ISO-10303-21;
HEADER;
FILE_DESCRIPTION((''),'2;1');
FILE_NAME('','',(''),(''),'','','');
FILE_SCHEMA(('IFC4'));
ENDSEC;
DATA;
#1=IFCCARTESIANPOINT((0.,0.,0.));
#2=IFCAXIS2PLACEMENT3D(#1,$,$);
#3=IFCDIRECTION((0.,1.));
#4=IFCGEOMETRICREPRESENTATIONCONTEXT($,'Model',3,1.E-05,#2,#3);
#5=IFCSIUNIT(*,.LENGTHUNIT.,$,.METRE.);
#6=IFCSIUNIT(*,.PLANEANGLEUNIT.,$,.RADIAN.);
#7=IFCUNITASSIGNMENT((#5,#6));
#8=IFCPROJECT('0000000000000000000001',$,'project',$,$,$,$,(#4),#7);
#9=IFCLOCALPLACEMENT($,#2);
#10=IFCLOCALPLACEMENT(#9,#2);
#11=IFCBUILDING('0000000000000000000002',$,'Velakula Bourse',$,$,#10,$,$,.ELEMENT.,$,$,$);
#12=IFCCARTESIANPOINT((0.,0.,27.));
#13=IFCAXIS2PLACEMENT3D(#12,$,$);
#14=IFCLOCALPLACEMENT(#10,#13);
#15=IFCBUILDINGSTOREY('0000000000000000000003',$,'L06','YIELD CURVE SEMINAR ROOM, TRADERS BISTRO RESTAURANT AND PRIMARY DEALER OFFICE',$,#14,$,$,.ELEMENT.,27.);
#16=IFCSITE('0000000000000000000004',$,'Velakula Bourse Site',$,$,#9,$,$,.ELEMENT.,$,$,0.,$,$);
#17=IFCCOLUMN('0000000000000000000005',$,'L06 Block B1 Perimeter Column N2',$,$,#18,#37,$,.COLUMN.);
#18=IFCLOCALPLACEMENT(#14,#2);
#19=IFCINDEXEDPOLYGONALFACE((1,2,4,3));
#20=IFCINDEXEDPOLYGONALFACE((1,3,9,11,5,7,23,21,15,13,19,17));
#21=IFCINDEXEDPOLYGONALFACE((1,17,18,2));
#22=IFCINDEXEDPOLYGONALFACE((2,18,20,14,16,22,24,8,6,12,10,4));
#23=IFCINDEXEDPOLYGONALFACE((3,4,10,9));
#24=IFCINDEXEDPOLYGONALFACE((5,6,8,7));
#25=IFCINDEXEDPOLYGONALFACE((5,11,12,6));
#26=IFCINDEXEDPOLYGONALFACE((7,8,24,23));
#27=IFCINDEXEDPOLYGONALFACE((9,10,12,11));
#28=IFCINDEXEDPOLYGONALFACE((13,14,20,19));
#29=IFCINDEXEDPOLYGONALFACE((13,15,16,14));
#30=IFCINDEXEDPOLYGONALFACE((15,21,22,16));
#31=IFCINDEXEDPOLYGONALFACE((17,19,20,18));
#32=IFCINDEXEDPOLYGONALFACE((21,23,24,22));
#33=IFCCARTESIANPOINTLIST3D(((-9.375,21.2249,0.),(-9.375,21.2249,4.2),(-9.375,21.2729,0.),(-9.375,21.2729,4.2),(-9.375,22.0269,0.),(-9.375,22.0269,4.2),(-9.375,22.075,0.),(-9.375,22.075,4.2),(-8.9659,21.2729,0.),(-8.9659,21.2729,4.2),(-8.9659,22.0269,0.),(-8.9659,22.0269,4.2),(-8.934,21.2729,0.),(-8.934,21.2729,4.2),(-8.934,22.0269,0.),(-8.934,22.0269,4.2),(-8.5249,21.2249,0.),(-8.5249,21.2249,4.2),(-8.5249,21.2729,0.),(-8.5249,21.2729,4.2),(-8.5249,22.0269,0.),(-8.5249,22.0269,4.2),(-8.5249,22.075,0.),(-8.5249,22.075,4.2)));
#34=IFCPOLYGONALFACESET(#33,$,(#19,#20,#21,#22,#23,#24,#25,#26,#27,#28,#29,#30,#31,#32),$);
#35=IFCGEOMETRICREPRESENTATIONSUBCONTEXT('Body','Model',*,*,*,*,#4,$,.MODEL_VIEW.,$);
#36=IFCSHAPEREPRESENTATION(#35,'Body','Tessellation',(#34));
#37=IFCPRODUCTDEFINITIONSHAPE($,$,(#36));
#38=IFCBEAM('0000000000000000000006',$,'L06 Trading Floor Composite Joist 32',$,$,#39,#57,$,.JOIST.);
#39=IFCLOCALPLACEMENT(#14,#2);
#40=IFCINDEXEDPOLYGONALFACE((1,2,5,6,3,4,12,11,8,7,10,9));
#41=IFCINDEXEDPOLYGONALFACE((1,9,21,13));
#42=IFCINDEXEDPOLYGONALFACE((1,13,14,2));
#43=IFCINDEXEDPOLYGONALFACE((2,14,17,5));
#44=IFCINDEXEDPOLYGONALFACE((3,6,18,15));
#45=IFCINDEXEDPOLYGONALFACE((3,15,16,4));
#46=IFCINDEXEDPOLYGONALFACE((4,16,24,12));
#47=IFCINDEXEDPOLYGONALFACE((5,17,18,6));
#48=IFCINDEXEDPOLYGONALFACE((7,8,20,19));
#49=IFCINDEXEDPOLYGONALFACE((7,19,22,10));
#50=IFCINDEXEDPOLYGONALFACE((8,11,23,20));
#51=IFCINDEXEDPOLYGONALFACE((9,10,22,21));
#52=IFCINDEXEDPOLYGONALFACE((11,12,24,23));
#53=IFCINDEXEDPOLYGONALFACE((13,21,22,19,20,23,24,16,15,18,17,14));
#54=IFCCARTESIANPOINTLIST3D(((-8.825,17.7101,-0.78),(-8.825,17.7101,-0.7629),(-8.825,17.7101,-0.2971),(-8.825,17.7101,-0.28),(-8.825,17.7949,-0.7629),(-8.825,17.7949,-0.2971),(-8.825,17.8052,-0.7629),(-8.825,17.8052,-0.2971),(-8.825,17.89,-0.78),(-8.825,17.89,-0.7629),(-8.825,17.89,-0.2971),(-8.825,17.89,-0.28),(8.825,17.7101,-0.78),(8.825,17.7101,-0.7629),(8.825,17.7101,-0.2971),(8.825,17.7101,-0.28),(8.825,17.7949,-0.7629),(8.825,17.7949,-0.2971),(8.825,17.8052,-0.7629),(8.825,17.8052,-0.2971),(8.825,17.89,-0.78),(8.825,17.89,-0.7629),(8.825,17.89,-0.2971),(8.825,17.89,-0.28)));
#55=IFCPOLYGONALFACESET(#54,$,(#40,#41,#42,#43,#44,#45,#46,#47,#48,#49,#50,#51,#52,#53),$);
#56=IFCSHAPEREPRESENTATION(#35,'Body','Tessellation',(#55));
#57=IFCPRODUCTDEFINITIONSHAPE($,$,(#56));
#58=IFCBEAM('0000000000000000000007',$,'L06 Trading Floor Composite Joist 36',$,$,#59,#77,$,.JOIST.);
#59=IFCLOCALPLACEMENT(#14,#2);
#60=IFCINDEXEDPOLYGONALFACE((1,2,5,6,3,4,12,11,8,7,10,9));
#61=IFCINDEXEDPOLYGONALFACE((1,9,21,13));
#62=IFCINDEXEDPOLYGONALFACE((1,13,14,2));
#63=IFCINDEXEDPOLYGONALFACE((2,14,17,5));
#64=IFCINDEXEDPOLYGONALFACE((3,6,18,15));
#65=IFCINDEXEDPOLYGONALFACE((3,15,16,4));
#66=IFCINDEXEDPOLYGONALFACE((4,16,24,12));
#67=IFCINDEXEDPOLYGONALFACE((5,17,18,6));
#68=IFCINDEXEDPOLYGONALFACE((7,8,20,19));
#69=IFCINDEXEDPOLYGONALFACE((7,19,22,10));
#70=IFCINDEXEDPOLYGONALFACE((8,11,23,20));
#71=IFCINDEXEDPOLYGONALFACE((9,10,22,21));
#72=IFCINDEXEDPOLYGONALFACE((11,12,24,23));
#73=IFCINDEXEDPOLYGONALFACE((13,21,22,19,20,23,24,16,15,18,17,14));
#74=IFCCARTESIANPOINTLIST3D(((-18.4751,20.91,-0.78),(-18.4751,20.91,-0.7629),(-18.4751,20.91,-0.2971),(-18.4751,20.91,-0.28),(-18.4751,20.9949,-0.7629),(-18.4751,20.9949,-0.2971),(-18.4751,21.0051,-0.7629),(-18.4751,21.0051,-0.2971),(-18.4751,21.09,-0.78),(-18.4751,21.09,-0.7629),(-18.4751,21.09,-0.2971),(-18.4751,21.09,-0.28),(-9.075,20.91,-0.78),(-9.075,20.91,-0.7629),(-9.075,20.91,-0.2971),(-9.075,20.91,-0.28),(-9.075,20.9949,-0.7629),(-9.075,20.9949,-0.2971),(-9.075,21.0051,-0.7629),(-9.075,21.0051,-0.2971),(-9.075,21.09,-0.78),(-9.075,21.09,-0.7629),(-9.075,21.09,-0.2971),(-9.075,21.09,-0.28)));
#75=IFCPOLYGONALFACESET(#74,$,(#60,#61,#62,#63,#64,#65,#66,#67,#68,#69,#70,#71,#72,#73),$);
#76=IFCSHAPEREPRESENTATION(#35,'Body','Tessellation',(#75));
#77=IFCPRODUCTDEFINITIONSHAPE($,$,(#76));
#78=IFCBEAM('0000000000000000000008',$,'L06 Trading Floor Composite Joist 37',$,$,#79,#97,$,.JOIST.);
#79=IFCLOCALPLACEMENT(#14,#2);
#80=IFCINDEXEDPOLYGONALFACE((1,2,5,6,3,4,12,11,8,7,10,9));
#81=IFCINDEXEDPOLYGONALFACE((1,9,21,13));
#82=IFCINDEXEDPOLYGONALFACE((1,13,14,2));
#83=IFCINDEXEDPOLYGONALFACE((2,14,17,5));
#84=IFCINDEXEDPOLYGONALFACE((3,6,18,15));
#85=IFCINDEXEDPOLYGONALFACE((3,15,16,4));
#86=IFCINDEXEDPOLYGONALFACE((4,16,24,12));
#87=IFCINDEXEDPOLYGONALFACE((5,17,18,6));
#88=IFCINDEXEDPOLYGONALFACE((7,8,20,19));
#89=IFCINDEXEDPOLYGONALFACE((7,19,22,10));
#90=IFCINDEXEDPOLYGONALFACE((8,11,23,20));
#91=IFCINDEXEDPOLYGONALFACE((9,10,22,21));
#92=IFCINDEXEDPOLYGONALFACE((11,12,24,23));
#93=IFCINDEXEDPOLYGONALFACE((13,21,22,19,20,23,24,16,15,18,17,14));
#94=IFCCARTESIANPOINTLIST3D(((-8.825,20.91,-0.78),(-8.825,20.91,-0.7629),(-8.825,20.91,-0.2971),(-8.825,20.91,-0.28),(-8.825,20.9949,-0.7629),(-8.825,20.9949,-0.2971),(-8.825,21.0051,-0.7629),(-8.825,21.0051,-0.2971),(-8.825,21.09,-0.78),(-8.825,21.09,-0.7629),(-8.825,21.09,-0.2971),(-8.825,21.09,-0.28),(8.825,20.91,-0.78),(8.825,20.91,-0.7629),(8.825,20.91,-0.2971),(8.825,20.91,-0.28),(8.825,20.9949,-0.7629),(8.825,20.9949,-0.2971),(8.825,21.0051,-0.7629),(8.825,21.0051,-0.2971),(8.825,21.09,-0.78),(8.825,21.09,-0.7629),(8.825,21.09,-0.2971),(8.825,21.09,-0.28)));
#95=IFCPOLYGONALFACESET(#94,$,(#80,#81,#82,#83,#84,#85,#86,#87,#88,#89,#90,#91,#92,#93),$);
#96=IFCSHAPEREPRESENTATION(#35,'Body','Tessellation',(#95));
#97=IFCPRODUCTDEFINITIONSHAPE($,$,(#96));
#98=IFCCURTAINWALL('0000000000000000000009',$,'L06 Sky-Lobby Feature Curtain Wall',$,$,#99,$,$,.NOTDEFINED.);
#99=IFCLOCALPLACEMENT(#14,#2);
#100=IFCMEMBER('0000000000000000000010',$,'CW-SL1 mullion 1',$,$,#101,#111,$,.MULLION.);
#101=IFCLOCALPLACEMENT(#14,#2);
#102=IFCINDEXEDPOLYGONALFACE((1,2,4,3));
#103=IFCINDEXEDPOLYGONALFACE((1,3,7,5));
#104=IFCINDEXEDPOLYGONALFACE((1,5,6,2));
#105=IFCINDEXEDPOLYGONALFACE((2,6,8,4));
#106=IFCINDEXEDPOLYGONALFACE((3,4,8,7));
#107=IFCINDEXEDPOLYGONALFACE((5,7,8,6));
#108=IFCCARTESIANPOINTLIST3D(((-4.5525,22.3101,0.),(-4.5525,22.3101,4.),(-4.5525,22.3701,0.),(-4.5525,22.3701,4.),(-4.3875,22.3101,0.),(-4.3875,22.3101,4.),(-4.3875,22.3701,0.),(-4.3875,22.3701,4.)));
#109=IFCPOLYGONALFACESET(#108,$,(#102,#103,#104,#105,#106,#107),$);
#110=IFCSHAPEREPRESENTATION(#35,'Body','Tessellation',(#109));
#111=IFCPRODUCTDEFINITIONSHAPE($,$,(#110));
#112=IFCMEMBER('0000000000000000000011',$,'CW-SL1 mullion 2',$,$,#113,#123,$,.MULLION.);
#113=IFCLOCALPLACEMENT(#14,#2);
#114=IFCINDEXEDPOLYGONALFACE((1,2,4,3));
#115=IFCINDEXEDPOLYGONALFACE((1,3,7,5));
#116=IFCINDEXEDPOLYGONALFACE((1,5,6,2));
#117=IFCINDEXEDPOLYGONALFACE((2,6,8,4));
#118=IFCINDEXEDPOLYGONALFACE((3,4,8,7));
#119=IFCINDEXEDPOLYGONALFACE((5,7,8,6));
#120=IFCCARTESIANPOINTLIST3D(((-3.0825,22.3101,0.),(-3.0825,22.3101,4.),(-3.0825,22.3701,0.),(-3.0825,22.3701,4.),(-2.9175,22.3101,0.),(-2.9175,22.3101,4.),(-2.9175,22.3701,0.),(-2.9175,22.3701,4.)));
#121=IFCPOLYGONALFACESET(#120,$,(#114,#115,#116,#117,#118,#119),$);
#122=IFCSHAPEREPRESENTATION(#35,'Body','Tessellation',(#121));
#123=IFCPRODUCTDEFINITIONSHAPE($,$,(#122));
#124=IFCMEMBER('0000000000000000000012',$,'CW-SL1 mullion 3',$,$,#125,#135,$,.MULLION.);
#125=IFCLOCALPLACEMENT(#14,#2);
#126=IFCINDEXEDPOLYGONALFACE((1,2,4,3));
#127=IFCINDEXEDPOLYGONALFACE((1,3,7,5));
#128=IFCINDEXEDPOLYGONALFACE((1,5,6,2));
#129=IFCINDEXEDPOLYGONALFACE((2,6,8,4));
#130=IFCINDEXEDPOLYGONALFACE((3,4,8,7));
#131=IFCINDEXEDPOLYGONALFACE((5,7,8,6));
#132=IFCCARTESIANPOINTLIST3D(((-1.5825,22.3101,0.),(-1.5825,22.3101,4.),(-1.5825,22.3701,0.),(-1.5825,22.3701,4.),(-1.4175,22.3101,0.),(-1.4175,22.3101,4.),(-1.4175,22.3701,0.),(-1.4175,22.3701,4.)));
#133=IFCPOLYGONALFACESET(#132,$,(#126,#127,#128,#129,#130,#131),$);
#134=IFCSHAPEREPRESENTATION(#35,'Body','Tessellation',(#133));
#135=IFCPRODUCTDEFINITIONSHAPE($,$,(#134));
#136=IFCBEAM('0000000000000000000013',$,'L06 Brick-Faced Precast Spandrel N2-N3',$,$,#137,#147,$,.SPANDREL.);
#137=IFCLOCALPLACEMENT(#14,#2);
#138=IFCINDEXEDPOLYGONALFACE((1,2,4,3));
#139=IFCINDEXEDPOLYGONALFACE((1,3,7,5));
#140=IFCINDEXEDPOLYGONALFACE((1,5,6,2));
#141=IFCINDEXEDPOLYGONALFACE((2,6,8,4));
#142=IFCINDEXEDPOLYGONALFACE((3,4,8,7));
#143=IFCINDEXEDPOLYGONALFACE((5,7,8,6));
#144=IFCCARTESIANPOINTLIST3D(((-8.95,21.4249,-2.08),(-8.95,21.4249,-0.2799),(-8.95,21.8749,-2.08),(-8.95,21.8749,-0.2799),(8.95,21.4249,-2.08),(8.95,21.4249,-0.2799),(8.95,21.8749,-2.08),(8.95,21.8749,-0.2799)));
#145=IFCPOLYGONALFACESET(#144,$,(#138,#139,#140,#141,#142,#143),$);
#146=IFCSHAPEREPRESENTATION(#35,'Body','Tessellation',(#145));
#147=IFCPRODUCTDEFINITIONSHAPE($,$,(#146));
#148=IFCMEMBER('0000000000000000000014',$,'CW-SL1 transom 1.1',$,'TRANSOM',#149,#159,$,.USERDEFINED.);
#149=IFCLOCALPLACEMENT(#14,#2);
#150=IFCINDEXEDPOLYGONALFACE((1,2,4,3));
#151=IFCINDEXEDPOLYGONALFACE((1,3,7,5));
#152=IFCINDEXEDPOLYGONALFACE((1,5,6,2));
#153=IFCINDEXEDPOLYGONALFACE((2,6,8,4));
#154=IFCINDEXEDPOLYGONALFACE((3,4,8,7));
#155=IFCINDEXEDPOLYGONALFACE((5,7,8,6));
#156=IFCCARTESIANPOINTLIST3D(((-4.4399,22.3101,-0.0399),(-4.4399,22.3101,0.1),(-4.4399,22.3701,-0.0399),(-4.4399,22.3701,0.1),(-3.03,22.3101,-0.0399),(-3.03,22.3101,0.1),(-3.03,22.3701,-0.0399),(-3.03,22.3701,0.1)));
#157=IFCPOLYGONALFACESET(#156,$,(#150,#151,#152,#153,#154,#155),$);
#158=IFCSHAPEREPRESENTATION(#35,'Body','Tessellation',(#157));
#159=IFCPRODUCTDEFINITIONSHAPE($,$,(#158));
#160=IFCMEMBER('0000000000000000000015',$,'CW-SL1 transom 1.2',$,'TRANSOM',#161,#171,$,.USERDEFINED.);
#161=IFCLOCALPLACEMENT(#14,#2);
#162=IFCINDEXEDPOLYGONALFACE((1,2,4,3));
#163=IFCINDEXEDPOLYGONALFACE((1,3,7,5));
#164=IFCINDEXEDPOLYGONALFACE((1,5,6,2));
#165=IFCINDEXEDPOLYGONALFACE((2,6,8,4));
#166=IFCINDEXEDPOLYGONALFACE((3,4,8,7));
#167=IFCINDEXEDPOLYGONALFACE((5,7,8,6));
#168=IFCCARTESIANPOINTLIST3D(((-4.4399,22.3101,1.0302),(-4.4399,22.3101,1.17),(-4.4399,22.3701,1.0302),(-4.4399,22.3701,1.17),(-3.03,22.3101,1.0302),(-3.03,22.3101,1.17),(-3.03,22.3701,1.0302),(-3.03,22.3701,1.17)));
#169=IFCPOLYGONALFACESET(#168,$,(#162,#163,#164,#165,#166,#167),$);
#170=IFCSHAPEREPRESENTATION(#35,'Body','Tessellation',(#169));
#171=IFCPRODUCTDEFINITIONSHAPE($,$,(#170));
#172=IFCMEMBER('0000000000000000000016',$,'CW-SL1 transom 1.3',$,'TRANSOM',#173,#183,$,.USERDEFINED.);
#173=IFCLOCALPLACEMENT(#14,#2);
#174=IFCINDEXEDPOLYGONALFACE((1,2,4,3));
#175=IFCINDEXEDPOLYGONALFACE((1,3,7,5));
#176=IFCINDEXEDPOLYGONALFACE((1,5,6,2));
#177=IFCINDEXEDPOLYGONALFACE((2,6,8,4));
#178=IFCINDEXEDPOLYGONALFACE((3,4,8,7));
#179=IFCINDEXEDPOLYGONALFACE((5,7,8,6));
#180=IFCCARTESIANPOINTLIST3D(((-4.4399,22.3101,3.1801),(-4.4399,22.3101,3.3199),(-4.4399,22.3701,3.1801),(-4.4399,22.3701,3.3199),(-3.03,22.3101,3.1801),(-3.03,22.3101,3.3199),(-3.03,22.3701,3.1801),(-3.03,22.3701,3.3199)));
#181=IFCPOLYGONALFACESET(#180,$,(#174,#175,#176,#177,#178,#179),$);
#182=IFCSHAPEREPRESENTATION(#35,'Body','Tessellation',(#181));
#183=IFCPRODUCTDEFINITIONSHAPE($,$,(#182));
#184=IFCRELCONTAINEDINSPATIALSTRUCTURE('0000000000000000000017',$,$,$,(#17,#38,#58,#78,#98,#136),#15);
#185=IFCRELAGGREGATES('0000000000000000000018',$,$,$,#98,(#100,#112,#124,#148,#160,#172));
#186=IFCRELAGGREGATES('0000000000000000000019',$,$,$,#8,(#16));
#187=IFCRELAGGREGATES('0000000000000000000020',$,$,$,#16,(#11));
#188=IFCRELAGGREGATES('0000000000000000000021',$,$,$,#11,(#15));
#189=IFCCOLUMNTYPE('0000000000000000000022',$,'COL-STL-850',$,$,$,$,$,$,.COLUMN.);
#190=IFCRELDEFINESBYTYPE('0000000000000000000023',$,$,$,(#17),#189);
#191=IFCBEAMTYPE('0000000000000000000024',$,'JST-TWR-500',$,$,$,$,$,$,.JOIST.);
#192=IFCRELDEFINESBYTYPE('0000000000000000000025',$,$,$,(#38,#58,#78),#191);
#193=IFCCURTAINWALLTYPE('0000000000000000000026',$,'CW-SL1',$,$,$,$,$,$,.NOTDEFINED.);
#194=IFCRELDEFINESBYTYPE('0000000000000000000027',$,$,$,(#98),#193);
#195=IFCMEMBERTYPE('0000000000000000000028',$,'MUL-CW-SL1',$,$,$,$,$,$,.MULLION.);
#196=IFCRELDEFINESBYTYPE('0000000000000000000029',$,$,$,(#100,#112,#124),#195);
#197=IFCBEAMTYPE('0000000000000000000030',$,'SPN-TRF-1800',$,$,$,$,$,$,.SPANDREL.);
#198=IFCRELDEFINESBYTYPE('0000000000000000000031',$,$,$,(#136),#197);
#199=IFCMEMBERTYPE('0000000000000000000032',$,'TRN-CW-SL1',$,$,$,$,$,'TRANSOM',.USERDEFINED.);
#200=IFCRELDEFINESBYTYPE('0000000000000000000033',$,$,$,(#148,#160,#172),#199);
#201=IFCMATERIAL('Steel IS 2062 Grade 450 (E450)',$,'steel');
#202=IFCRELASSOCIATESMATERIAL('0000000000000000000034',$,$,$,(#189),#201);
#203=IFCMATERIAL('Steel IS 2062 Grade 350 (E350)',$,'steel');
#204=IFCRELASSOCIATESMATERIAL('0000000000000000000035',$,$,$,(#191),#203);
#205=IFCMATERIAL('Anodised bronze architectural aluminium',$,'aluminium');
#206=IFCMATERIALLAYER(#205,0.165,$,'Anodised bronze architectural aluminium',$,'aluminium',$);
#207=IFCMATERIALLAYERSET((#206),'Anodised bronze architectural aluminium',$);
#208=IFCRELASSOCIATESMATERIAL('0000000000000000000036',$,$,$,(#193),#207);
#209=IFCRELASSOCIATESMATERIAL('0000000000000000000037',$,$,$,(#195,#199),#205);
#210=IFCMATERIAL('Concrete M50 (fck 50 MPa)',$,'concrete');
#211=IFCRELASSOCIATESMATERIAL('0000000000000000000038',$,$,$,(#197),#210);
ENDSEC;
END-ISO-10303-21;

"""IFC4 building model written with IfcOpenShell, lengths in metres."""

from ifc_helpers import new_model, si_unit, direction, frame, origin, origin_2d, place, context, subcontext, project, spatial, rectangle, i_section, extrude, material, layer, layer_set, material_profile, profile_set, type_object, element, aggregate, save


model = new_model("IFC4")

# Units and contexts
model_context = context("Model", 3, precision=1e-05, world=origin(), true_north=direction((0.0, 1.0)))
body_context = subcontext(model_context, "Body", "Model", "MODEL_VIEW")
ifc_project = project(units=[si_unit("LENGTHUNIT", "METRE"), si_unit("PLANEANGLEUNIT", "RADIAN")], contexts=[model_context])

# Site, building, storey
site_placement = place(None, origin())
site = spatial("IfcSite", under=ifc_project, at=site_placement, Name="Velakula Bourse Site", CompositionType="ELEMENT", RefElevation=0.0)
building_placement = place(site_placement, origin())
building = spatial("IfcBuilding", under=site, at=building_placement, Name="Velakula Bourse", CompositionType="ELEMENT")
storey_placement = place(building_placement, frame((0.0, 0.0, 27.0)))
storey = spatial("IfcBuildingStorey", under=building, at=storey_placement, Name="L06", Description="YIELD CURVE SEMINAR ROOM, TRADERS BISTRO RESTAURANT AND PRIMARY DEALER OFFICE", CompositionType="ELEMENT", Elevation=27.0)

# Column
ifc_material_1 = material(Name="Steel IS 2062 Grade 450 (E450)", Category="steel")
ifc_material_profile_1 = material_profile(ifc_material_1, i_section(OverallWidth=0.8501, OverallDepth=0.8501, WebThickness=0.032, FlangeThickness=0.0481, at=origin_2d()), Name="Steel IS 2062 Grade 450 (E450)")
ifc_profile_set_1 = profile_set([ifc_material_profile_1], Name="Steel IS 2062 Grade 450 (E450)")
column_type = type_object("IfcColumnType", Name="COL-STL-850", PredefinedType="COLUMN", material=ifc_profile_set_1)
column_placement = place(storey_placement, frame((-8.95, 21.6499, 0.0), z_axis=(0.0, 0.0, 1.0), x_axis=(1.0, 0.0, 0.0)))
element("IfcColumn", 1, at=column_placement, inside=storey, type_object=column_type, Name="L06 Block B1 Perimeter Column N2", PredefinedType="COLUMN", context=body_context, shape_type="SweptSolid", body=[
    extrude(i_section(OverallWidth=0.8501, OverallDepth=0.8501, WebThickness=0.032, FlangeThickness=0.0481, at=origin_2d()), origin(), (0.0, 0.0, 1.0), 4.2),
])

# Beams
ifc_material_2 = material(Name="Steel IS 2062 Grade 350 (E350)", Category="steel")
ifc_material_profile_2 = material_profile(ifc_material_2, i_section(OverallWidth=0.1799, OverallDepth=0.5, WebThickness=0.0103, FlangeThickness=0.0171, at=origin_2d()), Name="Steel IS 2062 Grade 350 (E350)")
ifc_profile_set_2 = profile_set([ifc_material_profile_2], Name="Steel IS 2062 Grade 350 (E350)")
beam_type_1 = type_object("IfcBeamType", Name="JST-TWR-500", PredefinedType="JOIST", material=ifc_profile_set_2)
beam_1_placement = place(storey_placement, frame((-8.825, 17.8, -0.53), z_axis=(1.0, 0.0, 0.0), x_axis=(0.0, 1.0, 0.0)))
element("IfcBeam", 2, at=beam_1_placement, inside=storey, type_object=beam_type_1, Name="L06 Trading Floor Composite Joist 32", PredefinedType="JOIST", context=body_context, shape_type="SweptSolid", body=[
    extrude(i_section(OverallWidth=0.1799, OverallDepth=0.5, WebThickness=0.0103, FlangeThickness=0.0171, at=origin_2d()), origin(), (0.0, 0.0, 1.0), 17.6499),
])
beam_2_placement = place(storey_placement, frame((-18.4751, 21.0, -0.53), z_axis=(1.0, 0.0, 0.0), x_axis=(0.0, 1.0, 0.0)))
element("IfcBeam", 3, at=beam_2_placement, inside=storey, type_object=beam_type_1, Name="L06 Trading Floor Composite Joist 36", PredefinedType="JOIST", context=body_context, shape_type="SweptSolid", body=[
    extrude(i_section(OverallWidth=0.1799, OverallDepth=0.5, WebThickness=0.0103, FlangeThickness=0.0171, at=origin_2d()), origin(), (0.0, 0.0, 1.0), 9.4001),
])
beam_3_placement = place(storey_placement, frame((-8.825, 21.0, -0.53), z_axis=(1.0, 0.0, 0.0), x_axis=(0.0, 1.0, 0.0)))
element("IfcBeam", 4, at=beam_3_placement, inside=storey, type_object=beam_type_1, Name="L06 Trading Floor Composite Joist 37", PredefinedType="JOIST", context=body_context, shape_type="SweptSolid", body=[
    extrude(i_section(OverallWidth=0.1799, OverallDepth=0.5, WebThickness=0.0103, FlangeThickness=0.0171, at=origin_2d()), origin(), (0.0, 0.0, 1.0), 17.6499),
])

# Curtain wall, members
ifc_material_3 = material(Name="Anodised bronze architectural aluminium", Category="aluminium")
ifc_layer_1 = layer(ifc_material_3, 0.165, Name="Anodised bronze architectural aluminium", Category="aluminium")
ifc_layer_set_1 = layer_set([ifc_layer_1], Name="Anodised bronze architectural aluminium")
curtain_wall_type = type_object("IfcCurtainWallType", Name="CW-SL1", PredefinedType="NOTDEFINED", material=ifc_layer_set_1)
curtain_wall_placement = place(storey_placement, origin())
curtain_wall = element("IfcCurtainWall", 5, at=curtain_wall_placement, inside=storey, type_object=curtain_wall_type, Name="L06 Sky-Lobby Feature Curtain Wall", PredefinedType="NOTDEFINED")
ifc_material_profile_3 = material_profile(ifc_material_3, rectangle(XDim=0.0601, YDim=0.165, at=origin_2d()), Name="Anodised bronze architectural aluminium")
ifc_profile_set_3 = profile_set([ifc_material_profile_3], Name="Anodised bronze architectural aluminium")
member_type_1 = type_object("IfcMemberType", Name="MUL-CW-SL1", PredefinedType="MULLION", material=ifc_profile_set_3)
member_1_placement = place(storey_placement, frame((-4.47, 22.3401, 0.0), z_axis=(0.0, 0.0, 1.0), x_axis=(0.0, 1.0, 0.0)))
member_1 = element("IfcMember", 6, at=member_1_placement, type_object=member_type_1, Name="CW-SL1 mullion 1", PredefinedType="MULLION", context=body_context, shape_type="SweptSolid", body=[
    extrude(rectangle(XDim=0.0601, YDim=0.165, at=origin_2d()), origin(), (0.0, 0.0, 1.0), 4.0),
])
member_2_placement = place(storey_placement, frame((-3.0, 22.3401, 0.0), z_axis=(0.0, 0.0, 1.0), x_axis=(0.0, 1.0, 0.0)))
member_2 = element("IfcMember", 7, at=member_2_placement, type_object=member_type_1, Name="CW-SL1 mullion 2", PredefinedType="MULLION", context=body_context, shape_type="SweptSolid", body=[
    extrude(rectangle(XDim=0.0601, YDim=0.165, at=origin_2d()), origin(), (0.0, 0.0, 1.0), 4.0),
])
member_3_placement = place(storey_placement, frame((-1.5, 22.3401, 0.0), z_axis=(0.0, 0.0, 1.0), x_axis=(0.0, 1.0, 0.0)))
member_3 = element("IfcMember", 8, at=member_3_placement, type_object=member_type_1, Name="CW-SL1 mullion 3", PredefinedType="MULLION", context=body_context, shape_type="SweptSolid", body=[
    extrude(rectangle(XDim=0.0601, YDim=0.165, at=origin_2d()), origin(), (0.0, 0.0, 1.0), 4.0),
])

# Beam
ifc_material_4 = material(Name="Concrete M50 (fck 50 MPa)", Category="concrete")
ifc_material_profile_4 = material_profile(ifc_material_4, rectangle(XDim=0.45, YDim=1.8, at=origin_2d()), Name="Concrete M50 (fck 50 MPa)")
ifc_profile_set_4 = profile_set([ifc_material_profile_4], Name="Concrete M50 (fck 50 MPa)")
beam_type_2 = type_object("IfcBeamType", Name="SPN-TRF-1800", PredefinedType="SPANDREL", material=ifc_profile_set_4)
beam_4_placement = place(storey_placement, frame((-8.95, 21.6499, -1.1799), z_axis=(1.0, 0.0, 0.0), x_axis=(0.0, 1.0, 0.0)))
element("IfcBeam", 9, at=beam_4_placement, inside=storey, type_object=beam_type_2, Name="L06 Brick-Faced Precast Spandrel N2-N3", PredefinedType="SPANDREL", context=body_context, shape_type="SweptSolid", body=[
    extrude(rectangle(XDim=0.45, YDim=1.8, at=origin_2d()), origin(), (0.0, 0.0, 1.0), 17.8999),
])

# Members
ifc_material_profile_5 = material_profile(ifc_material_3, rectangle(XDim=0.0601, YDim=0.1399, at=origin_2d()), Name="Anodised bronze architectural aluminium")
ifc_profile_set_5 = profile_set([ifc_material_profile_5], Name="Anodised bronze architectural aluminium")
member_type_2 = type_object("IfcMemberType", Name="TRN-CW-SL1", ElementType="TRANSOM", PredefinedType="USERDEFINED", material=ifc_profile_set_5)
member_4_placement = place(storey_placement, frame((-4.4399, 22.3401, 0.03), z_axis=(1.0, 0.0, 0.0), x_axis=(0.0, 1.0, 0.0)))
member_4 = element("IfcMember", 10, at=member_4_placement, type_object=member_type_2, Name="CW-SL1 transom 1.1", ObjectType="TRANSOM", PredefinedType="USERDEFINED", context=body_context, shape_type="SweptSolid", body=[
    extrude(rectangle(XDim=0.0601, YDim=0.1399, at=origin_2d()), origin(), (0.0, 0.0, 1.0), 1.4099),
])
member_5_placement = place(storey_placement, frame((-4.4399, 22.3401, 1.1001), z_axis=(1.0, 0.0, 0.0), x_axis=(0.0, 1.0, 0.0)))
member_5 = element("IfcMember", 11, at=member_5_placement, type_object=member_type_2, Name="CW-SL1 transom 1.2", ObjectType="TRANSOM", PredefinedType="USERDEFINED", context=body_context, shape_type="SweptSolid", body=[
    extrude(rectangle(XDim=0.0601, YDim=0.1399, at=origin_2d()), origin(), (0.0, 0.0, 1.0), 1.4099),
])
member_6_placement = place(storey_placement, frame((-4.4399, 22.3401, 3.25), z_axis=(1.0, 0.0, 0.0), x_axis=(0.0, 1.0, 0.0)))
member_6 = element("IfcMember", 12, at=member_6_placement, type_object=member_type_2, Name="CW-SL1 transom 1.3", ObjectType="TRANSOM", PredefinedType="USERDEFINED", context=body_context, shape_type="SweptSolid", body=[
    extrude(rectangle(XDim=0.0601, YDim=0.1399, at=origin_2d()), origin(), (0.0, 0.0, 1.0), 1.4099),
])

aggregate(curtain_wall, [member_1, member_2, member_3, member_4, member_5, member_6])

save(model, "model.ifc")
